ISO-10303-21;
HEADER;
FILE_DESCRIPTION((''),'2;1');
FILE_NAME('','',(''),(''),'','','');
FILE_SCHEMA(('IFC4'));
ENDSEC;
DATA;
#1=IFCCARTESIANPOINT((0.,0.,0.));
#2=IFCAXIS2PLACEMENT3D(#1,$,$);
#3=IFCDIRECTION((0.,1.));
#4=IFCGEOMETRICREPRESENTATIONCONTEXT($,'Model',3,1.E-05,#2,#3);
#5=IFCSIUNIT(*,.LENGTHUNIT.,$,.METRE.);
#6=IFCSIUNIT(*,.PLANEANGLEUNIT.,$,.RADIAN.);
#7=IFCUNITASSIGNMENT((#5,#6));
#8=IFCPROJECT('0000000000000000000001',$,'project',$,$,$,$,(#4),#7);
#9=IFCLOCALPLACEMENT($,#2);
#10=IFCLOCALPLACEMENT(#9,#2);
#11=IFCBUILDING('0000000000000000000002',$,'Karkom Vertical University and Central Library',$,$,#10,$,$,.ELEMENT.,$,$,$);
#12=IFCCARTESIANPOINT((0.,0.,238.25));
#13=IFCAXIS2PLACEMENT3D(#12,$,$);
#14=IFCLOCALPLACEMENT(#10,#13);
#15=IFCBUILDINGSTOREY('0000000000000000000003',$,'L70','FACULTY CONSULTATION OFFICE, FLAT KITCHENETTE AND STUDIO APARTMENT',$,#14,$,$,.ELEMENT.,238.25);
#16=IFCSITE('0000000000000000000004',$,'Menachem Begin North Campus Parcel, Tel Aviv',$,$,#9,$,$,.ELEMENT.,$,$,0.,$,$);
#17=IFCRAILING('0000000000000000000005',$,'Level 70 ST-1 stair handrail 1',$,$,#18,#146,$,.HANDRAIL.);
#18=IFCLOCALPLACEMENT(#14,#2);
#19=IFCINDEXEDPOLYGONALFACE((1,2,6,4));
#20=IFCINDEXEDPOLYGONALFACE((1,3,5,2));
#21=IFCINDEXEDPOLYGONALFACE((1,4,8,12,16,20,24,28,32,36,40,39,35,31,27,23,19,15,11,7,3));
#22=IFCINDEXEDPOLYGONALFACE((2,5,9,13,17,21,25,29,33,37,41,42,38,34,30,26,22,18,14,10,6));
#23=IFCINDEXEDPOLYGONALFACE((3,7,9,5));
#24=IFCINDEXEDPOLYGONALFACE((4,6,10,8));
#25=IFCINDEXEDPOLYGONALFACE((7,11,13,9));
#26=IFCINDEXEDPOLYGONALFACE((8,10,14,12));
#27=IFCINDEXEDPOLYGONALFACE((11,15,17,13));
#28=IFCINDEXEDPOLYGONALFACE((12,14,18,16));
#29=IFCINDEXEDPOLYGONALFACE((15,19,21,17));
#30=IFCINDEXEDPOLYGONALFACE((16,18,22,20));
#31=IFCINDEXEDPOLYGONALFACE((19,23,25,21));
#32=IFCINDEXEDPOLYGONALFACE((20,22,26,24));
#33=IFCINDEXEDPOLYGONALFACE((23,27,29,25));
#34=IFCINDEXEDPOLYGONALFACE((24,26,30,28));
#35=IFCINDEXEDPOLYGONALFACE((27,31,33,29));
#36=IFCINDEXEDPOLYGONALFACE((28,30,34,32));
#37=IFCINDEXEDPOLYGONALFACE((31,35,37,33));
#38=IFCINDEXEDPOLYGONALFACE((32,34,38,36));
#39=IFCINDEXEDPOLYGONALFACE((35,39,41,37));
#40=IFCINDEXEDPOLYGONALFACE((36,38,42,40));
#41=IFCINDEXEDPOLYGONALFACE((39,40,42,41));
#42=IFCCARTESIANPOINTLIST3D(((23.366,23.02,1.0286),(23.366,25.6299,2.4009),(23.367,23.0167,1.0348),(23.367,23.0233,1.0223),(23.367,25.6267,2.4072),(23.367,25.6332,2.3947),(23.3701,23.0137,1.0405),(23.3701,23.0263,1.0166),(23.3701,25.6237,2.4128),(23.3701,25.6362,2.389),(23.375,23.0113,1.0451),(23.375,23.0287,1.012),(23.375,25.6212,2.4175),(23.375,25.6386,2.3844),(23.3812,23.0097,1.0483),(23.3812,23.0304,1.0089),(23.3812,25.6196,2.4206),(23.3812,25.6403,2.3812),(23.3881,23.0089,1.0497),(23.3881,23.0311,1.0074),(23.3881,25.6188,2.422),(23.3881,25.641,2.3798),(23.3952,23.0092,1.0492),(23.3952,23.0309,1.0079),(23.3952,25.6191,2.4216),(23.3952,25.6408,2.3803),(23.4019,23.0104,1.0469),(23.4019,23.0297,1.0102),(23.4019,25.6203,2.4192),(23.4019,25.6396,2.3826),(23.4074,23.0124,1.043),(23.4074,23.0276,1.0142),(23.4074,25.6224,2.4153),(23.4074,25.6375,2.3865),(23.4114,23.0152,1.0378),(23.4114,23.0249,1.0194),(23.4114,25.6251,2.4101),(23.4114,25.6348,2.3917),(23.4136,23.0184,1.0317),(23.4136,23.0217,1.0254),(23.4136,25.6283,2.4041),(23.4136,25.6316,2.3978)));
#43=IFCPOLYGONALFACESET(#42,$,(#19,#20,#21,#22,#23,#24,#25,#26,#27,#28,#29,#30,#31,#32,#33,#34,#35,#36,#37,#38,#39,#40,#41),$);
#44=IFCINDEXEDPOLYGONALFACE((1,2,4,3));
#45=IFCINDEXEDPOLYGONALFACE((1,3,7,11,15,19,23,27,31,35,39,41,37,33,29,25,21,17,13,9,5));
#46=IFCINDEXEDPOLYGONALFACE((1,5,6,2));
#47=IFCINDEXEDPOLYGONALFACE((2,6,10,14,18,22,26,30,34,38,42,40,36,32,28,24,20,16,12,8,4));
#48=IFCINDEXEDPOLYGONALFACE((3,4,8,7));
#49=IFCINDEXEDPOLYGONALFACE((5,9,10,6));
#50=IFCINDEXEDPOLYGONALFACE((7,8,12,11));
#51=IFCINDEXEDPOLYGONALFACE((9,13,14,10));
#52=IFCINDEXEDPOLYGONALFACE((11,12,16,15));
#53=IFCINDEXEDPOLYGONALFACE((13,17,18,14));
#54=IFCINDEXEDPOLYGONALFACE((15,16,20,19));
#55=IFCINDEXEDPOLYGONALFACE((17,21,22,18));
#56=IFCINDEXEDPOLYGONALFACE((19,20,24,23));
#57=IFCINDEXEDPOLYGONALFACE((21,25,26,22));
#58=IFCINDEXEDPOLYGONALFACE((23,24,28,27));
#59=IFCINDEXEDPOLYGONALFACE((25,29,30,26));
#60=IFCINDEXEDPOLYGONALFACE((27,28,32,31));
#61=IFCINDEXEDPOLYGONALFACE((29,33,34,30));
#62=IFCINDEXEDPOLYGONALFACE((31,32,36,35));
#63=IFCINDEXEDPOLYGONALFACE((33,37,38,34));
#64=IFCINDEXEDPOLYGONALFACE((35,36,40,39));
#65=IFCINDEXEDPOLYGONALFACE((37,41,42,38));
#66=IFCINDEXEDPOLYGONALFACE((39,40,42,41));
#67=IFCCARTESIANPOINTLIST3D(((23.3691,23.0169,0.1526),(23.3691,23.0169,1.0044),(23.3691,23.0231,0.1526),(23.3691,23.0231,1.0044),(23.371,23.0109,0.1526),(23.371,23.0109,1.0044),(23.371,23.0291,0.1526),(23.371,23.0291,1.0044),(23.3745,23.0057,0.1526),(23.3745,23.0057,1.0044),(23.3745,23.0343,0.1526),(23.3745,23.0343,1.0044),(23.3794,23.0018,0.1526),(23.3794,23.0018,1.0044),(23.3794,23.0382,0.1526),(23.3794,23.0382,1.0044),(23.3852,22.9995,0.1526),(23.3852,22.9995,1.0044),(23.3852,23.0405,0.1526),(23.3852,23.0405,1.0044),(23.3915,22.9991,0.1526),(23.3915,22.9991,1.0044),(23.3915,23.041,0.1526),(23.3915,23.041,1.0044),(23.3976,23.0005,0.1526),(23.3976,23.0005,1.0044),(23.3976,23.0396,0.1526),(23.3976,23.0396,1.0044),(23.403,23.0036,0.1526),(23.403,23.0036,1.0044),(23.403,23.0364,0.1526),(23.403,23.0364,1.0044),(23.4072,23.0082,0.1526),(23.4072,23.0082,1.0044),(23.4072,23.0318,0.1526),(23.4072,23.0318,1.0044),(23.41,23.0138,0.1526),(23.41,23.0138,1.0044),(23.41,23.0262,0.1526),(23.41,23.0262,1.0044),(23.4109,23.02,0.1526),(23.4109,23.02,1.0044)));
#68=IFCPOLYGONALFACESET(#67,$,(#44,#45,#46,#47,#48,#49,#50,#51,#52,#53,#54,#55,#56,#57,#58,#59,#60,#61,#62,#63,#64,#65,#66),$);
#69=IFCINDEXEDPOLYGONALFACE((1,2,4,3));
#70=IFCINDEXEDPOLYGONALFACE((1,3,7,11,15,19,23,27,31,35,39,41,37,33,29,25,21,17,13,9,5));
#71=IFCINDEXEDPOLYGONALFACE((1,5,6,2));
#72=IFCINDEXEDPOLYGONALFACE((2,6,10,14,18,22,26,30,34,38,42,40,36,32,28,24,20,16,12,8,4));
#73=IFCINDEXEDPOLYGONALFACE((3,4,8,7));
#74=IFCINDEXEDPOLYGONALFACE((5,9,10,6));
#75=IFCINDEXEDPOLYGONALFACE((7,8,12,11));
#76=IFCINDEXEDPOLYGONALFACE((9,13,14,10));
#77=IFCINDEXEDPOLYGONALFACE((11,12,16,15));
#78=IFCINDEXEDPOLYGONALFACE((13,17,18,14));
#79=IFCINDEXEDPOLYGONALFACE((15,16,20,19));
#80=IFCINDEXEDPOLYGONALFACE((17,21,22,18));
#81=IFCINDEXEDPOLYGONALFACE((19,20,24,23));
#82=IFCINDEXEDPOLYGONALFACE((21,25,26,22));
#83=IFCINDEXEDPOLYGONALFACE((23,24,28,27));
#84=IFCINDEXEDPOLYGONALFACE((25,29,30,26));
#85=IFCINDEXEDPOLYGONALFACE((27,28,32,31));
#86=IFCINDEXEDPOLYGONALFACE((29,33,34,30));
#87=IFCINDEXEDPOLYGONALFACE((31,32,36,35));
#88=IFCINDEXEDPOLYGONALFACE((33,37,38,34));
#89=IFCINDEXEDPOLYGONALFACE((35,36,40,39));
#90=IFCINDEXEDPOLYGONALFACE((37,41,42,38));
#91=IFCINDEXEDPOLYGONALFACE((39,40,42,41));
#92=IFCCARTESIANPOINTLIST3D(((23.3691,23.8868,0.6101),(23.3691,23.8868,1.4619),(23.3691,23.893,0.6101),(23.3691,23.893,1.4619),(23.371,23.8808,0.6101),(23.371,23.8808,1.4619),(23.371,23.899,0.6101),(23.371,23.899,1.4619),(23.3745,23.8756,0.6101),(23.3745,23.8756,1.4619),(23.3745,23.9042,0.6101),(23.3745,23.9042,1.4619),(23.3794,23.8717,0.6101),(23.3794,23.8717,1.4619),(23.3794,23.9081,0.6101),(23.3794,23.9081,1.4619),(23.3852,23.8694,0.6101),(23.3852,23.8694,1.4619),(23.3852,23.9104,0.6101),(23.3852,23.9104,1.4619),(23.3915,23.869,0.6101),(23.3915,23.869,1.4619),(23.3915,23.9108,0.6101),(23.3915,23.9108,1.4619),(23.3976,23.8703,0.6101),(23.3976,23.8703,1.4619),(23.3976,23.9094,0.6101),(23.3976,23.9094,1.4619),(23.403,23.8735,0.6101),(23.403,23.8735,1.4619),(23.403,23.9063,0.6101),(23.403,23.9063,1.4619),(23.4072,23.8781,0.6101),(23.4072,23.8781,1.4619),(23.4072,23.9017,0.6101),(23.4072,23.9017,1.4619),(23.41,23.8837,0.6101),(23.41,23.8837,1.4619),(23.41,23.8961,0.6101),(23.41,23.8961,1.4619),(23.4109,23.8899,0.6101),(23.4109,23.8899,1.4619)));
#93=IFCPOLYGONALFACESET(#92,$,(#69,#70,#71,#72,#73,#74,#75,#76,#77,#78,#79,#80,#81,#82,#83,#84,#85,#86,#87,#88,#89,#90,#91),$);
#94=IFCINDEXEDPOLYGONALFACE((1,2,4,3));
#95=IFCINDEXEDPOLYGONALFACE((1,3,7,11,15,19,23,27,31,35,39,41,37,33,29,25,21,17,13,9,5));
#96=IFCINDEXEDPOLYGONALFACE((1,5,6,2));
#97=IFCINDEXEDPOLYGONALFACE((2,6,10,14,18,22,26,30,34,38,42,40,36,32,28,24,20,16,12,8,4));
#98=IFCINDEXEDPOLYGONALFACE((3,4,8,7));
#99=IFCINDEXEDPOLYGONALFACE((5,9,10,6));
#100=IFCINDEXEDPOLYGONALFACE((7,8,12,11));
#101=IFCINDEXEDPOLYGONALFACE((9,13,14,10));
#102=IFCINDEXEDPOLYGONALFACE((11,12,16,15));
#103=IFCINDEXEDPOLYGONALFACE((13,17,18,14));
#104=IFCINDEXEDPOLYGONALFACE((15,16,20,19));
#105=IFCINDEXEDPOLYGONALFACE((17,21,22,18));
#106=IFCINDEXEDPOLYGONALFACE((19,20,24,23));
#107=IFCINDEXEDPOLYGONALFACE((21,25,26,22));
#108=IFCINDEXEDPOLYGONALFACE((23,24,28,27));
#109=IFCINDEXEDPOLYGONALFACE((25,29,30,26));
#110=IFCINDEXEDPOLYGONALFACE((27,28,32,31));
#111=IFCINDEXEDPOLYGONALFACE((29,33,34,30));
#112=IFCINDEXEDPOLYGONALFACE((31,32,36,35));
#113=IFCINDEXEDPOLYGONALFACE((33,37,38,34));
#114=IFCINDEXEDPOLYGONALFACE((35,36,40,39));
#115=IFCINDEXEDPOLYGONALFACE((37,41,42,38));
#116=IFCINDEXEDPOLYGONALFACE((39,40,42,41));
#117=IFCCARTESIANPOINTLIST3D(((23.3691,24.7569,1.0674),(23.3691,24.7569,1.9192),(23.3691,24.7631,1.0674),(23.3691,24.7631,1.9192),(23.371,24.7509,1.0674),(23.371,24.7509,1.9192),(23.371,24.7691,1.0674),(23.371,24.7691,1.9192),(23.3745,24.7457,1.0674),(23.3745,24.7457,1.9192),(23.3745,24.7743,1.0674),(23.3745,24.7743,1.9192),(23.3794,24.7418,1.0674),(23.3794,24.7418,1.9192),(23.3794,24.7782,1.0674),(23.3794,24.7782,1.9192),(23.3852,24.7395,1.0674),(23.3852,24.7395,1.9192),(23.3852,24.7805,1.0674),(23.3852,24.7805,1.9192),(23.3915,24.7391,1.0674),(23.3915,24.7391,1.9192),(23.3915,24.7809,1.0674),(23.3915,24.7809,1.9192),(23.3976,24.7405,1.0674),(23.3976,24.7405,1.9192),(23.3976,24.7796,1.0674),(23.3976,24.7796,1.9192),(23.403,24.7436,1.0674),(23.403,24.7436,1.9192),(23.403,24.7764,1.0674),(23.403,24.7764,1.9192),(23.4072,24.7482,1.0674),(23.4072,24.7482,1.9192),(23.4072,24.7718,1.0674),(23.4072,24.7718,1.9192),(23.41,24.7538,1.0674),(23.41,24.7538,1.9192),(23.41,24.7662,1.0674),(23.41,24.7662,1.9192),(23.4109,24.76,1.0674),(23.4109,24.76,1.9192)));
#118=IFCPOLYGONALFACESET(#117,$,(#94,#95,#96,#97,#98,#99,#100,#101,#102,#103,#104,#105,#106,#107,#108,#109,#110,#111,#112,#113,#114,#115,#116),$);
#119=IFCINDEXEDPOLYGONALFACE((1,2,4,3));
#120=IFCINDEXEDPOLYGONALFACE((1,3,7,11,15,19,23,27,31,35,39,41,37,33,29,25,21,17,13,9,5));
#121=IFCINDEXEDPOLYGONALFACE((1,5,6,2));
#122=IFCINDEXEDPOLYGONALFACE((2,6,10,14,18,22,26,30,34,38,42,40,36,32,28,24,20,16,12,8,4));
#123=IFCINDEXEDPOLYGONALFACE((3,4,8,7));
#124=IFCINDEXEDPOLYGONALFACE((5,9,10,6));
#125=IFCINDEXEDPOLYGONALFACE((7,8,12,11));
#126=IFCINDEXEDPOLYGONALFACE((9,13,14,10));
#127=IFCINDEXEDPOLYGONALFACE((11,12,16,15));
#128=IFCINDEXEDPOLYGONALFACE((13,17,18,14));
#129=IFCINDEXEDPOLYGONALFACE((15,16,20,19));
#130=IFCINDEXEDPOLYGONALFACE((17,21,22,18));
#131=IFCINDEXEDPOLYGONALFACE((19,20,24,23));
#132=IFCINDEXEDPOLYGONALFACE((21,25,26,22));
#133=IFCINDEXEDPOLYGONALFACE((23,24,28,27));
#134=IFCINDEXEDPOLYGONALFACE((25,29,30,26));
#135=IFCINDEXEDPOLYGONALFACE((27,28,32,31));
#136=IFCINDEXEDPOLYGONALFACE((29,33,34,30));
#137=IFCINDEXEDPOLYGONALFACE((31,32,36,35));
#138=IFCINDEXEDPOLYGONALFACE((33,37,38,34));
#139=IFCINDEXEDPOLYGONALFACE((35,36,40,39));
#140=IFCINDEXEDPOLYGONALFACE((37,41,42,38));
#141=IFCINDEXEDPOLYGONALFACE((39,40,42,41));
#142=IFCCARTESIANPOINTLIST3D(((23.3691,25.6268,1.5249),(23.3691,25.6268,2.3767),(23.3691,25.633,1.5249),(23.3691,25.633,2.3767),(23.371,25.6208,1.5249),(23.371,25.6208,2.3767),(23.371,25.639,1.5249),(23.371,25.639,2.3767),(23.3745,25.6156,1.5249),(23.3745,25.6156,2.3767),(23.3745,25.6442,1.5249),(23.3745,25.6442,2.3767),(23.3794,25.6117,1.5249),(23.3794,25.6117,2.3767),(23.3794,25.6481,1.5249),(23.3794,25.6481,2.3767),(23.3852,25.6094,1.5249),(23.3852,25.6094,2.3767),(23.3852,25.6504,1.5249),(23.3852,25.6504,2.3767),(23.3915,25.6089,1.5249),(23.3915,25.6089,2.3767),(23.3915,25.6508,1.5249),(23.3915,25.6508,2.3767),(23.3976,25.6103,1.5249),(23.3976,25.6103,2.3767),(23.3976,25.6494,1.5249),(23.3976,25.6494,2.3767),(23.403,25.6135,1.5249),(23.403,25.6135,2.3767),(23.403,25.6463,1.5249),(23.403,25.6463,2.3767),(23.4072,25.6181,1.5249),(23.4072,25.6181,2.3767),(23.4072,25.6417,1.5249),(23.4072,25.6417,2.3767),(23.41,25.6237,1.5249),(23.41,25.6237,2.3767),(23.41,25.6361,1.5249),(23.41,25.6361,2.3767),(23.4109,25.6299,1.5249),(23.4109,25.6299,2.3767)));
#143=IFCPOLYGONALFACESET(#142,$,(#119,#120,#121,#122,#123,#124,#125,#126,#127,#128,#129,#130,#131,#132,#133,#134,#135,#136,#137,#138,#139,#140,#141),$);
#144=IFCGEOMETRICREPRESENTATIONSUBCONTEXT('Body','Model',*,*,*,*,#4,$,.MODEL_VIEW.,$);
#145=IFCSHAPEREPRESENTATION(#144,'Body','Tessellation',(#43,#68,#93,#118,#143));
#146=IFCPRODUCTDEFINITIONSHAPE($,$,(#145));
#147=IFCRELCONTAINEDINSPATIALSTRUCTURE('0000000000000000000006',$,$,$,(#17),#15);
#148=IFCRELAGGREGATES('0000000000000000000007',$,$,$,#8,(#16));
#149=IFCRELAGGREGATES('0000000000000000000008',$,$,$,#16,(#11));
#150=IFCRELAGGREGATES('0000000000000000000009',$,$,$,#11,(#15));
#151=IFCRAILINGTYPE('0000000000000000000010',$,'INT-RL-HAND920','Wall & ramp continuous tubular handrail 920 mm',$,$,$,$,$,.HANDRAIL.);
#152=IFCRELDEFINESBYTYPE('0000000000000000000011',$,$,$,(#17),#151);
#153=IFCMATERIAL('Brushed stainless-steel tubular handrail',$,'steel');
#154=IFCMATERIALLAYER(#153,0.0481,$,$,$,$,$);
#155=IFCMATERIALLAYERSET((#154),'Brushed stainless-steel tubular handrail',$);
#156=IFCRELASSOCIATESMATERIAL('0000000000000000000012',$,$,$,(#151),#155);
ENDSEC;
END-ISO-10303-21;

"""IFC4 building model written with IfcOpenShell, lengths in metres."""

from ifc_helpers import new_model, si_unit, direction, frame, origin, origin_2d, place, context, subcontext, project, spatial, circle, extrude, material, layer, layer_set, type_object, element, save


model = new_model("IFC4")

# Units and contexts
model_context = context("Model", 3, precision=1e-05, world=origin(), true_north=direction((0.0, 1.0)))
body_context = subcontext(model_context, "Body", "Model", "MODEL_VIEW")
ifc_project = project(units=[si_unit("LENGTHUNIT", "METRE"), si_unit("PLANEANGLEUNIT", "RADIAN")], contexts=[model_context])

# Site, building, storey
site_placement = place(None, origin())
site = spatial("IfcSite", under=ifc_project, at=site_placement, Name="Menachem Begin North Campus Parcel, Tel Aviv", CompositionType="ELEMENT", RefElevation=0.0)
building_placement = place(site_placement, origin())
building = spatial("IfcBuilding", under=site, at=building_placement, Name="Karkom Vertical University and Central Library", CompositionType="ELEMENT")
storey_placement = place(building_placement, frame((0.0, 0.0, 238.25)))
storey = spatial("IfcBuildingStorey", under=building, at=storey_placement, Name="L70", Description="FACULTY CONSULTATION OFFICE, FLAT KITCHENETTE AND STUDIO APARTMENT", CompositionType="ELEMENT", Elevation=238.25)

# Railing
ifc_material_1 = material(Name="Brushed stainless-steel tubular handrail", Category="steel")
ifc_layer_1 = layer(ifc_material_1, 0.0481)
ifc_layer_set_1 = layer_set([ifc_layer_1], Name="Brushed stainless-steel tubular handrail")
railing_type_1 = type_object("IfcRailingType", Name="INT-RL-HAND920", Description="Wall & ramp continuous tubular handrail 920 mm", PredefinedType="HANDRAIL", material=ifc_layer_set_1)
railing_1_placement = place(storey_placement, frame((23.3899, 23.02, 0.1526)))
element("IfcRailing", 1, at=railing_1_placement, inside=storey, type_object=railing_type_1, Name="Level 70 ST-1 stair handrail 1", PredefinedType="HANDRAIL", context=body_context, shape_type="SweptSolid", body=[
    extrude(circle(Radius=0.0239, at=origin_2d()), frame((0.0, 0.0, 0.876), z_axis=(0.0, 0.8851, 0.465402), x_axis=(-1.0, 0.0, 0.0)), (0.0, 0.0, 1.0), 2.9487),
    extrude(circle(Radius=0.021, at=origin_2d()), origin(), (0.0, 0.0, 1.0), 0.8518),
    extrude(circle(Radius=0.021, at=origin_2d()), frame((0.0, 0.8699, 0.4575)), (0.0, 0.0, 1.0), 0.8518),
    extrude(circle(Radius=0.021, at=origin_2d()), frame((0.0, 1.74, 0.9148)), (0.0, 0.0, 1.0), 0.8518),
    extrude(circle(Radius=0.021, at=origin_2d()), frame((0.0, 2.6099, 1.3723)), (0.0, 0.0, 1.0), 0.8518),
])

save(model, "model.ifc")
